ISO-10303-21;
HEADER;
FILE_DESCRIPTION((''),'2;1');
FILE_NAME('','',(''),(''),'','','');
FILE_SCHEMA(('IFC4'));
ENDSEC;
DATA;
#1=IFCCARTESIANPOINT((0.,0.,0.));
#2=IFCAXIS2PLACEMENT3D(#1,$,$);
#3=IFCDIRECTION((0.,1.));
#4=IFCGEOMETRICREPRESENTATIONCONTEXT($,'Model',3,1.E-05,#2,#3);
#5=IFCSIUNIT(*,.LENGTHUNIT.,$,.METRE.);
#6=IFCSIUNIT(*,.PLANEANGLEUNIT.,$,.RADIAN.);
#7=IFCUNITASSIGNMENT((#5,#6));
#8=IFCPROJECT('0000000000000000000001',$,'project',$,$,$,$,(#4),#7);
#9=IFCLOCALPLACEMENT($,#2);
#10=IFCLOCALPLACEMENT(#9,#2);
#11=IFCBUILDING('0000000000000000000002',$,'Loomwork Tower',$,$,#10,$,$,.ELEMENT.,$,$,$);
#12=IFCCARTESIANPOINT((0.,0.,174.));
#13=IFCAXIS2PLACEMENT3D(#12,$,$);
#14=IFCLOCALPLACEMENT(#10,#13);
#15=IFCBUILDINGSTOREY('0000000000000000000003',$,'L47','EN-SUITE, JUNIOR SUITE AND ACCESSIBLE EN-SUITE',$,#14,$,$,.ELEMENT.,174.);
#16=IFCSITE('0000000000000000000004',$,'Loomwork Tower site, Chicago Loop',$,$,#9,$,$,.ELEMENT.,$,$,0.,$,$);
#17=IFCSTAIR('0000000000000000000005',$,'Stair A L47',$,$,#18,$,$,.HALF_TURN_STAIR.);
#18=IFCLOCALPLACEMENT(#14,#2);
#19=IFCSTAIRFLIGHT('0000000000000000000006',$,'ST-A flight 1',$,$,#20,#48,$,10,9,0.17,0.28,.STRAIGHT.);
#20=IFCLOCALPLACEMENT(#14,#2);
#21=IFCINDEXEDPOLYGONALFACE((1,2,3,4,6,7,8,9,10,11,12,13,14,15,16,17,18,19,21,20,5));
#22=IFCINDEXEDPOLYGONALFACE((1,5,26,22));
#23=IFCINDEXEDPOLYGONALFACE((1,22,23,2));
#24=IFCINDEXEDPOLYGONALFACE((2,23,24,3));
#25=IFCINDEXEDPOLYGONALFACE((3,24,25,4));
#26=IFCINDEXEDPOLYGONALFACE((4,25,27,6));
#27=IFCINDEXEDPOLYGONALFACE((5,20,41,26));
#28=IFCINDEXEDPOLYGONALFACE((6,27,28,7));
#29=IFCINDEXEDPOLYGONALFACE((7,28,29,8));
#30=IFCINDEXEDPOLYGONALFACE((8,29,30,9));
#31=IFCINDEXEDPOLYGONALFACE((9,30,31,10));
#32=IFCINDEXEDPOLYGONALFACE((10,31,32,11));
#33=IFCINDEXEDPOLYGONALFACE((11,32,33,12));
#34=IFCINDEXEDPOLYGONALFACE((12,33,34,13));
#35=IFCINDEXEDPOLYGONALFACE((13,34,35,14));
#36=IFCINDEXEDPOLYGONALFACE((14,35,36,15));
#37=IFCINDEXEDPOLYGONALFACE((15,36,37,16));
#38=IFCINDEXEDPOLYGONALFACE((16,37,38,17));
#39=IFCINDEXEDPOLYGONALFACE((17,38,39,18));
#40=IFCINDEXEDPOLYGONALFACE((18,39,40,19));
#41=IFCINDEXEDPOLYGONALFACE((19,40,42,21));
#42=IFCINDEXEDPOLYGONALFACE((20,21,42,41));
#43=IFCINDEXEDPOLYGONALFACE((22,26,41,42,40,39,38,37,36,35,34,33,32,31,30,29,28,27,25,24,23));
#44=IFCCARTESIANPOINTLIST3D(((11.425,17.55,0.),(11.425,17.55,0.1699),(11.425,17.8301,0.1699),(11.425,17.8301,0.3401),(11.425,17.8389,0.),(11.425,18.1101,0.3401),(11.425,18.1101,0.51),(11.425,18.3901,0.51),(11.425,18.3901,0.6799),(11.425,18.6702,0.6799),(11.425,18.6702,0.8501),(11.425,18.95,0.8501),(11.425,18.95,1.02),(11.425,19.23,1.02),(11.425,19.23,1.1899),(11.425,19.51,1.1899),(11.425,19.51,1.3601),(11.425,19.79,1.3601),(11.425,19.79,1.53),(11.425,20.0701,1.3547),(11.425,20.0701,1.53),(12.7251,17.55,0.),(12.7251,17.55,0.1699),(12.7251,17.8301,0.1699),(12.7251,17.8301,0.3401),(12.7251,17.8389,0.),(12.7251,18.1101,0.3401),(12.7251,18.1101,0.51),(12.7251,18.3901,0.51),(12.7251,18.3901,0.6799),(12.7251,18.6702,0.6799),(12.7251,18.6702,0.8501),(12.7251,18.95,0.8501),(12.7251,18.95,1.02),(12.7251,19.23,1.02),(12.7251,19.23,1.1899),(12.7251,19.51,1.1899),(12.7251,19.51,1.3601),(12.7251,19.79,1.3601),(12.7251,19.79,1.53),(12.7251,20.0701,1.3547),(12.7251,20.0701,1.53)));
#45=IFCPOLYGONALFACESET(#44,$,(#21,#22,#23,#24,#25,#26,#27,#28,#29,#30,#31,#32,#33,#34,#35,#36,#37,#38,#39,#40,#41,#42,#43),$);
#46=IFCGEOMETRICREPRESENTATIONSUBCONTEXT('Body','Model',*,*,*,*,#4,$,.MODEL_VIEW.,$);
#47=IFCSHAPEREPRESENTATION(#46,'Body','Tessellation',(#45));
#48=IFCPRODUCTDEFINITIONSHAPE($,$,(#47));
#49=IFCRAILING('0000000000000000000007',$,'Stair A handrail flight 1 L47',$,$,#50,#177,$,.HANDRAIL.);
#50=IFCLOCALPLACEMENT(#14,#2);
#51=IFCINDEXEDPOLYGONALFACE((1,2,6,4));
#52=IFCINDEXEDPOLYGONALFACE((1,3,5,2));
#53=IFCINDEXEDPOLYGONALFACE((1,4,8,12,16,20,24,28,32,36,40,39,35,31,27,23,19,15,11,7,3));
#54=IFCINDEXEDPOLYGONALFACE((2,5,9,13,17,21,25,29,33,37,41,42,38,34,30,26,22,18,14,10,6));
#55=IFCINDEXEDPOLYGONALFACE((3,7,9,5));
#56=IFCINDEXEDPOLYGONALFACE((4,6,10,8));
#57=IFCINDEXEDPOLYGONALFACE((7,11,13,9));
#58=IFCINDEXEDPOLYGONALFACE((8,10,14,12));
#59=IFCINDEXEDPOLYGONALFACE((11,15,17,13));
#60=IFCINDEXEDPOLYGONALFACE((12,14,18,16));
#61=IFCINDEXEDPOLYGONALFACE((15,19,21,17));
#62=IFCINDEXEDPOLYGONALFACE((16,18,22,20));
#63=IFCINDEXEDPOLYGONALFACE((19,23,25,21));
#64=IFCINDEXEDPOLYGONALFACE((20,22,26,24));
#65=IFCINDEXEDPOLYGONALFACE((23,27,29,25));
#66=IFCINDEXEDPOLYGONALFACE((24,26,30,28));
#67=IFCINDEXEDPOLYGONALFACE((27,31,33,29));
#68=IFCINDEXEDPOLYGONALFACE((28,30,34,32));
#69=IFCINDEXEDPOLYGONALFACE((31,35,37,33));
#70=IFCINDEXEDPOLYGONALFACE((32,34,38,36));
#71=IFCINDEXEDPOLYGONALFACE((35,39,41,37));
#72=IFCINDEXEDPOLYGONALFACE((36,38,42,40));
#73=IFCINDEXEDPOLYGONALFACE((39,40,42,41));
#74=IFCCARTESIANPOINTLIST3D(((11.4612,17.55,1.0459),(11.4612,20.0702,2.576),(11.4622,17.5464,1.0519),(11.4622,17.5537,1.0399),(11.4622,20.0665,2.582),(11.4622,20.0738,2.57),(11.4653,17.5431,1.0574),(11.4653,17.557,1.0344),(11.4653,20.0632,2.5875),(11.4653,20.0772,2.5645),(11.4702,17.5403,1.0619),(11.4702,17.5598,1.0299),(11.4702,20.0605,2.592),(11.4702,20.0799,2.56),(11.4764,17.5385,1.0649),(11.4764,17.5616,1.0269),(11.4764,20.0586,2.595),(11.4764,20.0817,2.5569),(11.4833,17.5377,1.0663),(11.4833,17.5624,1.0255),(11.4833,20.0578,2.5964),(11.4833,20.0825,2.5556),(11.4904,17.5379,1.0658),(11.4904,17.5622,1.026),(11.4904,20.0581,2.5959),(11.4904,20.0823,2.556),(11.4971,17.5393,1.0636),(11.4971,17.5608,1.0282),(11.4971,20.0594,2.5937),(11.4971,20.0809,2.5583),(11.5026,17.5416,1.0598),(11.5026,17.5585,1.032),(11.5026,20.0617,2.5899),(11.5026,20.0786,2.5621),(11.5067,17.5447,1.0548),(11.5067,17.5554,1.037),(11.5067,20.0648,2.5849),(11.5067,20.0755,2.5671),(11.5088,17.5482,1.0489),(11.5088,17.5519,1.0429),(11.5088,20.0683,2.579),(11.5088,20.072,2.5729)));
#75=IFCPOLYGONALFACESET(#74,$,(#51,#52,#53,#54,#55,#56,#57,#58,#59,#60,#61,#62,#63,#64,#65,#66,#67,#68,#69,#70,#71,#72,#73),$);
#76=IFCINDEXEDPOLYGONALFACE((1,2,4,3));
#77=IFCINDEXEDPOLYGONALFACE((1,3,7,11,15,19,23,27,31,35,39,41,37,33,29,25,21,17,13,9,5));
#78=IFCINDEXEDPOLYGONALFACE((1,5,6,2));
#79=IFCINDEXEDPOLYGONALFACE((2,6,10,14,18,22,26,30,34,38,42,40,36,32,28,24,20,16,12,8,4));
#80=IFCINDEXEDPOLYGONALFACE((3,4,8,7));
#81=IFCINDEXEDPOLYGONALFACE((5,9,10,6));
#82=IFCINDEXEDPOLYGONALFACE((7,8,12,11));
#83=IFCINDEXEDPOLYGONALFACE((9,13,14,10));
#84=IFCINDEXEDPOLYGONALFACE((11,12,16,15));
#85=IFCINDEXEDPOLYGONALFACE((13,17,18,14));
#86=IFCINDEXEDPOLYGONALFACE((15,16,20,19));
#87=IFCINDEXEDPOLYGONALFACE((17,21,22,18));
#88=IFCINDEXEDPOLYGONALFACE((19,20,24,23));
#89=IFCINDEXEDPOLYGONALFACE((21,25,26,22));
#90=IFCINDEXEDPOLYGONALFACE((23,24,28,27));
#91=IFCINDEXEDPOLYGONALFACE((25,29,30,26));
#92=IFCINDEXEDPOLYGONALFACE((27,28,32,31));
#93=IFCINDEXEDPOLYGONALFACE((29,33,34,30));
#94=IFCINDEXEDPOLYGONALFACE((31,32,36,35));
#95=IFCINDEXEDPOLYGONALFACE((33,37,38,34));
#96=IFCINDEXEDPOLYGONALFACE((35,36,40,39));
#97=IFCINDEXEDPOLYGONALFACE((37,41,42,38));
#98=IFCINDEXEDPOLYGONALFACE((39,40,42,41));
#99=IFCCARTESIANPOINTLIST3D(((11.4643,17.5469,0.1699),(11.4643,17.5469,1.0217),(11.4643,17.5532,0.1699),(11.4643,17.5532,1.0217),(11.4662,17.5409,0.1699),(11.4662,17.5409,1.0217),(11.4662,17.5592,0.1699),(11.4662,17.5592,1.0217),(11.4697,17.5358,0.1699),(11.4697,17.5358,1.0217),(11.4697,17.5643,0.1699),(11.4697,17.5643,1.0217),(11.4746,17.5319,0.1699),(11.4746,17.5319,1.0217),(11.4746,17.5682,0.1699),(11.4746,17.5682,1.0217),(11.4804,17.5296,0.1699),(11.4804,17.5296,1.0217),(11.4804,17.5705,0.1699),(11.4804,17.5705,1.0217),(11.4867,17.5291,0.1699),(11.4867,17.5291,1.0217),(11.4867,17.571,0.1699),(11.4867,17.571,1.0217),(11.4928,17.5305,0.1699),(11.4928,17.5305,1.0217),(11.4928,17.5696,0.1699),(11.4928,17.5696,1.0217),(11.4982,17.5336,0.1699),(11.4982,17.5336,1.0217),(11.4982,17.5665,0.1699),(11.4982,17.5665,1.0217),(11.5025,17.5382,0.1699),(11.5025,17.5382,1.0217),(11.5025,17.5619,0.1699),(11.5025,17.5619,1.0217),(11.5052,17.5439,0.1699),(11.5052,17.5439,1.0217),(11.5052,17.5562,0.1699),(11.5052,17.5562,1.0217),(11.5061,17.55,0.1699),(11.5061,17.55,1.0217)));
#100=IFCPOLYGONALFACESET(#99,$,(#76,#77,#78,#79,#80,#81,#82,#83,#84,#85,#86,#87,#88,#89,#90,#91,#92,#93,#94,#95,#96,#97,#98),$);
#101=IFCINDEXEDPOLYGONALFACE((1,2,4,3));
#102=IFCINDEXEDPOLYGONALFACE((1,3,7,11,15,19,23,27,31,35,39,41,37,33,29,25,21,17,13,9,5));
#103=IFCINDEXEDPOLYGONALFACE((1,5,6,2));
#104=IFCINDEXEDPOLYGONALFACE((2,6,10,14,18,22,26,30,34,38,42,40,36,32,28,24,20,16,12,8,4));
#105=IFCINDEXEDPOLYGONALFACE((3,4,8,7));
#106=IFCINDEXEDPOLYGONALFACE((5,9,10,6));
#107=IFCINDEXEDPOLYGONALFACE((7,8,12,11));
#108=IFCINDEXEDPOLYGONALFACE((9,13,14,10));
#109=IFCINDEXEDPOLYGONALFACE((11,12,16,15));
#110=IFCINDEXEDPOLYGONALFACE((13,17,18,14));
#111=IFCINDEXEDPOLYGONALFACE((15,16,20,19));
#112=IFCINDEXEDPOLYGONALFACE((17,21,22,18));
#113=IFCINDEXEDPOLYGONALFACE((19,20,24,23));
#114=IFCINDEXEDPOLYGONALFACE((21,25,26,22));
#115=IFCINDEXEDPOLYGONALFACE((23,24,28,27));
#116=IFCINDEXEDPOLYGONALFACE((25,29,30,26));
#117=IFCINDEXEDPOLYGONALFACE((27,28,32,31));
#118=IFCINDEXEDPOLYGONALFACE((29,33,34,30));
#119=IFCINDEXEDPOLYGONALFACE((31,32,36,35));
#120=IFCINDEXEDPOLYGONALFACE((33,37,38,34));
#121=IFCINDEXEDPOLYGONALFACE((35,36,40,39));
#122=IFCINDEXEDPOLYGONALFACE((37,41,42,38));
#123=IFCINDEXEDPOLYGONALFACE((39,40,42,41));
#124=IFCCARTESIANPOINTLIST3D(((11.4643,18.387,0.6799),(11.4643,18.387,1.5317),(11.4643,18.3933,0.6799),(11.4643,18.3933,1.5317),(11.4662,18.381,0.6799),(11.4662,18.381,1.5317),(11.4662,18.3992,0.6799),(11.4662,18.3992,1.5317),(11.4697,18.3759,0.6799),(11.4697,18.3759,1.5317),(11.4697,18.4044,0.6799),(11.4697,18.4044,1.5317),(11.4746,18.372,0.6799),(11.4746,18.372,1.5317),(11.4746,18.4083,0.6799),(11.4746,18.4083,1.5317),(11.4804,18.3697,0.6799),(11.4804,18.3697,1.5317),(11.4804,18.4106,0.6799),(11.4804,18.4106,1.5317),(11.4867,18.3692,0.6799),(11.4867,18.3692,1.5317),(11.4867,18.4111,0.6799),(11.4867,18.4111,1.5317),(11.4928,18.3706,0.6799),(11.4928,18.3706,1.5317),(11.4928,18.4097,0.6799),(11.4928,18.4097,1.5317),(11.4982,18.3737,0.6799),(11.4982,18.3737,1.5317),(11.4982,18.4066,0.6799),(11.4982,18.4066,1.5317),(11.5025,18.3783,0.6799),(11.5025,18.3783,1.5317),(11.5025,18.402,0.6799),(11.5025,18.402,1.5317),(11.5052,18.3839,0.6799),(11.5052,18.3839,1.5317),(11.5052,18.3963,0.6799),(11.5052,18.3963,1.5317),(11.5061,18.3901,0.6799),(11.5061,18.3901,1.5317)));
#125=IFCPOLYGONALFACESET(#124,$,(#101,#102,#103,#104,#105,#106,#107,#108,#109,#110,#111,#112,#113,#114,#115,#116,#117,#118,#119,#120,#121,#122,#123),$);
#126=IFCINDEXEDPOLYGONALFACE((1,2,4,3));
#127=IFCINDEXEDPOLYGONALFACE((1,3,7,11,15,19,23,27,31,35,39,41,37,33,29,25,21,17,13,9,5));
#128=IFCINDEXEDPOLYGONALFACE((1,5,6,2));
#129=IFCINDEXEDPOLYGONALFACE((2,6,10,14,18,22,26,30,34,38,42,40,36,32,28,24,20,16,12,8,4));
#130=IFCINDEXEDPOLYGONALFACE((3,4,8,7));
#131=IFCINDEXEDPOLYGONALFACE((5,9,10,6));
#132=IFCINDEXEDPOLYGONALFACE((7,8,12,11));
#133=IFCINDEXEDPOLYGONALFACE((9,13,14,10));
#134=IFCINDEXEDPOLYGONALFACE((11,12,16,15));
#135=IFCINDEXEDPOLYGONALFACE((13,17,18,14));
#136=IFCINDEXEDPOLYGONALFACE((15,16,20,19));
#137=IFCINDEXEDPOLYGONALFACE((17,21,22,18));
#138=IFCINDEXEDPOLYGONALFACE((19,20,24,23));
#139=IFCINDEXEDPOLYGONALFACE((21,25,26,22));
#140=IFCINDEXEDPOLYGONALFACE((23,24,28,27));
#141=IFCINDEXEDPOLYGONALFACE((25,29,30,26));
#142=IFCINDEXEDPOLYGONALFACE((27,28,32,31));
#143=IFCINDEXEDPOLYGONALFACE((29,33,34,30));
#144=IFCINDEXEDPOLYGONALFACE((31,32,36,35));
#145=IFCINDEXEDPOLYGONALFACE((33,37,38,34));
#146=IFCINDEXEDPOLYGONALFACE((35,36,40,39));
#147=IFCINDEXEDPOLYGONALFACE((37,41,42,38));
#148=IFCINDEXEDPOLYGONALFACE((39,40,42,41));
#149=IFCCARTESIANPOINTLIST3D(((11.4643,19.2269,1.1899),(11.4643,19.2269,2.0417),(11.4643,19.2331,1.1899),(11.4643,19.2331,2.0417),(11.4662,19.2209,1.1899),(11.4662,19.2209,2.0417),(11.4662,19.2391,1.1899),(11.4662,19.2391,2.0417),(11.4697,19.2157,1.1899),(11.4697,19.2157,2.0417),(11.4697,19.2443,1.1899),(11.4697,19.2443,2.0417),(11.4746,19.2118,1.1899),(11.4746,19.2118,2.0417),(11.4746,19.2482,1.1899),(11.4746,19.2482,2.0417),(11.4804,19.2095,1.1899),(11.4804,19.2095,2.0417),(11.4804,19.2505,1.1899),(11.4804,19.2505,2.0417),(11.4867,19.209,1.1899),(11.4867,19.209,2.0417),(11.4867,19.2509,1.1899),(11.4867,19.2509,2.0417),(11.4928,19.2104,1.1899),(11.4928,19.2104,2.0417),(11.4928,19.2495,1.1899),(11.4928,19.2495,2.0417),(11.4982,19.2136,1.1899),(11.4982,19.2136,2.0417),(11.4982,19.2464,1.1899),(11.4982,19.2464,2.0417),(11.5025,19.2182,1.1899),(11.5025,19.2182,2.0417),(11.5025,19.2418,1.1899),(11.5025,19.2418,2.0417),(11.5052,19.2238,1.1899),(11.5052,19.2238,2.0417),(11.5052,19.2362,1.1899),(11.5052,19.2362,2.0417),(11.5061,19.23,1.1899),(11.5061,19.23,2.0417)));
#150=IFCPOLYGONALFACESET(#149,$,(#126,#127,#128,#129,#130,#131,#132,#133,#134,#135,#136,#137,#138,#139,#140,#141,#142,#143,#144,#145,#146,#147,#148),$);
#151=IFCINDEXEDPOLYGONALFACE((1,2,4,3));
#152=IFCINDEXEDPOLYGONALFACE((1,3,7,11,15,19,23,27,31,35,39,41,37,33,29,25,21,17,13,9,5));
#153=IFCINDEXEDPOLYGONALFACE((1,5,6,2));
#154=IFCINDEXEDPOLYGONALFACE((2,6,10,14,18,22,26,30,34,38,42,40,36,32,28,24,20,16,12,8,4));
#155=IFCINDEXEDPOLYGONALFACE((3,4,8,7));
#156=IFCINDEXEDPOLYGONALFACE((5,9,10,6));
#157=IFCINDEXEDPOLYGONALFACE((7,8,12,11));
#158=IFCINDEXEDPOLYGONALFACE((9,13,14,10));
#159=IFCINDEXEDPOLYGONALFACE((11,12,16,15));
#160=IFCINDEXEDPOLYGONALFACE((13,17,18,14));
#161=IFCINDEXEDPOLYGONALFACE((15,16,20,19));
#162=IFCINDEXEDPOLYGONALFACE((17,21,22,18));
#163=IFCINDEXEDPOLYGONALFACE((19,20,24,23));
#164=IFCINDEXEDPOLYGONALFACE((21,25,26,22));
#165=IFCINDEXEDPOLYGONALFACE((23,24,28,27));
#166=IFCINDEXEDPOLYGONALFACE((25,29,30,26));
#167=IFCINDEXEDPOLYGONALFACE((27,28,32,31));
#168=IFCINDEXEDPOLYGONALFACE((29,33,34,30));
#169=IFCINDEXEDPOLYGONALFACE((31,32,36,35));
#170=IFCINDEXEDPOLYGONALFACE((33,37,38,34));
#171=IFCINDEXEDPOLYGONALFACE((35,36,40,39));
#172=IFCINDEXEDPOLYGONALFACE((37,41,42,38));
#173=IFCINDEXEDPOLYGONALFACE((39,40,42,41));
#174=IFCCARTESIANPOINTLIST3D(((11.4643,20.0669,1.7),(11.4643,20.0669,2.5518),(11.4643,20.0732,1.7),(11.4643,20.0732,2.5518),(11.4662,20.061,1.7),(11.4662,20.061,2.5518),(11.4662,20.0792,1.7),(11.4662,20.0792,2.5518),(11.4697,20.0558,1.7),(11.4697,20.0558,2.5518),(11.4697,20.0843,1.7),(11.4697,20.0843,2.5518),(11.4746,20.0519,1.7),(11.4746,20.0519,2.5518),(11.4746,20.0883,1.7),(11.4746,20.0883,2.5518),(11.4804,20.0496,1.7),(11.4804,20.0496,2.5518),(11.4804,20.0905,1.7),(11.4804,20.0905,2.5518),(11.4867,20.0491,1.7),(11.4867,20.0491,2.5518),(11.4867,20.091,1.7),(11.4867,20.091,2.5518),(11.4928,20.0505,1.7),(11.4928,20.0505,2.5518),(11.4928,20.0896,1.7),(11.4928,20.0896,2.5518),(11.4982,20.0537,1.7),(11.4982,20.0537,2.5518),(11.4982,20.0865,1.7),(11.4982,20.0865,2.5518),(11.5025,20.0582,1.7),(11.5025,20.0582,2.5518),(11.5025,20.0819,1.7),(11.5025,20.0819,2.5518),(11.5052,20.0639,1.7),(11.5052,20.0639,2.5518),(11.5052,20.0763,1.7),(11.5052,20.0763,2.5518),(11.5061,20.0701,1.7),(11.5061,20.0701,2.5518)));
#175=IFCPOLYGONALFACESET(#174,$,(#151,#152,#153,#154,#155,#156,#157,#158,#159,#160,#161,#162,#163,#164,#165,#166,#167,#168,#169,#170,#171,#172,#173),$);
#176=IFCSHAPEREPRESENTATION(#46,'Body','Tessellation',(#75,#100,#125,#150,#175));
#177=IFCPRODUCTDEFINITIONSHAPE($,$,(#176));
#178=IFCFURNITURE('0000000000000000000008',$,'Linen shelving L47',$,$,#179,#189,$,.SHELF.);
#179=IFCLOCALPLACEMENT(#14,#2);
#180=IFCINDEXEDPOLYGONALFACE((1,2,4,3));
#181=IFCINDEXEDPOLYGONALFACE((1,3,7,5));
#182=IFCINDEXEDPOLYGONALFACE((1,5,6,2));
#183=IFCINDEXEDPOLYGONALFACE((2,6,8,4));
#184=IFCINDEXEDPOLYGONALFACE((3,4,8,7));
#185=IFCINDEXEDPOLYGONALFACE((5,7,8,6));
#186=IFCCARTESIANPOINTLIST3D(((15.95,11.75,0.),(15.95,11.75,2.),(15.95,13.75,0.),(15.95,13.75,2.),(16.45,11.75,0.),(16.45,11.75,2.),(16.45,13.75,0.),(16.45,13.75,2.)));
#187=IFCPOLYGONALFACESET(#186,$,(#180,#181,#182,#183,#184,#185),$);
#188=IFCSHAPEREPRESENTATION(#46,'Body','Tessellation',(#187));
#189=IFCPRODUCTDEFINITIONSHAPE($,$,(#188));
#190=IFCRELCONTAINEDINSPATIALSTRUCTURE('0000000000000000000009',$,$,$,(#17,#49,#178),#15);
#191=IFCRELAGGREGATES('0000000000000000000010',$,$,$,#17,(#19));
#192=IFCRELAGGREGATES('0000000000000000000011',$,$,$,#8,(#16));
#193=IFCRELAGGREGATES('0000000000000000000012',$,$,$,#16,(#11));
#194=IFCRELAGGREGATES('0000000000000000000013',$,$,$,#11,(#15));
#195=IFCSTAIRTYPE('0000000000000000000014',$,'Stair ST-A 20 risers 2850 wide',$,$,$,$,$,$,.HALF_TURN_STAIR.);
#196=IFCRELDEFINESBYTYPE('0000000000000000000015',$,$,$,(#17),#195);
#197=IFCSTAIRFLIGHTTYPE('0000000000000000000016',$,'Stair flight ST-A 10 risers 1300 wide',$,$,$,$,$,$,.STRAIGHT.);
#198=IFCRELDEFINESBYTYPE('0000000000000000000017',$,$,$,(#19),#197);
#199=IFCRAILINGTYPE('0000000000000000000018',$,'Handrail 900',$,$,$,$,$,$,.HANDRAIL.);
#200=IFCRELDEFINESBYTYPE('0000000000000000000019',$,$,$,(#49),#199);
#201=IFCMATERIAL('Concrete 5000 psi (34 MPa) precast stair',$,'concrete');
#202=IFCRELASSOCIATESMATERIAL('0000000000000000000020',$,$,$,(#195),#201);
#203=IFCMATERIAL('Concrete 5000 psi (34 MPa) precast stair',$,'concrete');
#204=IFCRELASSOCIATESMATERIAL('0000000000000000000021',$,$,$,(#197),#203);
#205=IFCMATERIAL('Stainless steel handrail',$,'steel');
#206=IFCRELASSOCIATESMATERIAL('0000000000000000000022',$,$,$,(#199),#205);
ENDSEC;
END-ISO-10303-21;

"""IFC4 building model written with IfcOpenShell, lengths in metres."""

from ifc_helpers import new_model, si_unit, direction, frame, origin, origin_2d, place, context, subcontext, project, spatial, polyline, rectangle, circle, outline, extrude, material, type_object, element, aggregate, save


model = new_model("IFC4")

# Units and contexts
model_context = context("Model", 3, precision=1e-05, world=origin(), true_north=direction((0.0, 1.0)))
body_context = subcontext(model_context, "Body", "Model", "MODEL_VIEW")
ifc_project = project(units=[si_unit("LENGTHUNIT", "METRE"), si_unit("PLANEANGLEUNIT", "RADIAN")], contexts=[model_context])

# Site, building, storey
site_placement = place(None, origin())
site = spatial("IfcSite", under=ifc_project, at=site_placement, Name="Loomwork Tower site, Chicago Loop", CompositionType="ELEMENT", RefElevation=0.0)
building_placement = place(site_placement, origin())
building = spatial("IfcBuilding", under=site, at=building_placement, Name="Loomwork Tower", CompositionType="ELEMENT")
storey_placement = place(building_placement, frame((0.0, 0.0, 174.0)))
storey = spatial("IfcBuildingStorey", under=building, at=storey_placement, Name="L47", Description="EN-SUITE, JUNIOR SUITE AND ACCESSIBLE EN-SUITE", CompositionType="ELEMENT", Elevation=174.0)

# Stair, stair flight
ifc_material_1 = material(Name="Concrete 5000 psi (34 MPa) precast stair", Category="concrete")
stair_type = type_object("IfcStairType", Name="Stair ST-A 20 risers 2850 wide", PredefinedType="HALF_TURN_STAIR", material=ifc_material_1)
stair_placement = place(storey_placement, origin())
stair = element("IfcStair", 1, at=stair_placement, inside=storey, type_object=stair_type, Name="Stair A L47", PredefinedType="HALF_TURN_STAIR")
ifc_material_2 = material(Name="Concrete 5000 psi (34 MPa) precast stair", Category="concrete")
stair_flight_type = type_object("IfcStairFlightType", Name="Stair flight ST-A 10 risers 1300 wide", PredefinedType="STRAIGHT", material=ifc_material_2)
stair_flight_placement = place(storey_placement, frame((12.075, 17.55, 0.0), z_axis=(0.0, 0.0, 1.0), x_axis=(0.0, 1.0, 0.0)))
stair_flight = element("IfcStairFlight", 2, at=stair_flight_placement, type_object=stair_flight_type, Name="ST-A flight 1", NumberOfRisers=10, NumberOfTreads=9, PredefinedType="STRAIGHT", RiserHeight=0.17, TreadLength=0.28, context=body_context, shape_type="SweptSolid", body=[
    extrude(outline(polyline([(0.0, 0.0), (0.0, 0.1699), (0.28, 0.1699), (0.28, 0.3401), (0.5601, 0.3401), (0.5601, 0.51), (0.8401, 0.51), (0.8401, 0.6799), (1.1201, 0.6799), (1.1201, 0.8501), (1.3999, 0.8501), (1.3999, 1.02), (1.6799, 1.02), (1.6799, 1.1899), (1.96, 1.1899), (1.96, 1.3601), (2.24, 1.3601), (2.24, 1.53), (2.52, 1.53), (2.52, 1.7), (2.52, 1.3547), (0.2888, 0.0), (0.0, 0.0)])), frame((0.0, 0.6499, 0.0), z_axis=(0.0, -1.0, 0.0), x_axis=(1.0, 0.0, 0.0)), (0.0, 0.0, 1.0), 1.3),
])
aggregate(stair, [stair_flight])

# Railing
ifc_material_3 = material(Name="Stainless steel handrail", Category="steel")
railing_type = type_object("IfcRailingType", Name="Handrail 900", PredefinedType="HANDRAIL", material=ifc_material_3)
railing_placement = place(storey_placement, frame((11.4851, 17.55, 0.1699)))
element("IfcRailing", 3, at=railing_placement, inside=storey, type_object=railing_type, Name="Stair A handrail flight 1 L47", PredefinedType="HANDRAIL", context=body_context, shape_type="SweptSolid", body=[
    extrude(circle(Radius=0.0239, at=origin_2d()), frame((0.0, 0.0, 0.876), z_axis=(0.0, 0.854785, 0.518982), x_axis=(-1.0, 0.0, 0.0)), (0.0, 0.0, 1.0), 2.9482),
    extrude(circle(Radius=0.021, at=origin_2d()), origin(), (0.0, 0.0, 1.0), 0.8518),
    extrude(circle(Radius=0.021, at=origin_2d()), frame((0.0, 0.8401, 0.51)), (0.0, 0.0, 1.0), 0.8518),
    extrude(circle(Radius=0.021, at=origin_2d()), frame((0.0, 1.6799, 1.02)), (0.0, 0.0, 1.0), 0.8518),
    extrude(circle(Radius=0.021, at=origin_2d()), frame((0.0, 2.52, 1.53)), (0.0, 0.0, 1.0), 0.8518),
])

# Furniture
furniture_placement = place(storey_placement, frame((16.2, 12.75, 0.0), z_axis=(0.0, 0.0, 1.0), x_axis=(1.0, 0.0, 0.0)))
element("IfcFurniture", 4, at=furniture_placement, inside=storey, Name="Linen shelving L47", PredefinedType="SHELF", context=body_context, shape_type="SweptSolid", body=[
    extrude(rectangle(XDim=0.5, YDim=2.0, at=origin_2d()), origin(), (0.0, 0.0, 1.0), 2.0),
])

save(model, "model.ifc")
